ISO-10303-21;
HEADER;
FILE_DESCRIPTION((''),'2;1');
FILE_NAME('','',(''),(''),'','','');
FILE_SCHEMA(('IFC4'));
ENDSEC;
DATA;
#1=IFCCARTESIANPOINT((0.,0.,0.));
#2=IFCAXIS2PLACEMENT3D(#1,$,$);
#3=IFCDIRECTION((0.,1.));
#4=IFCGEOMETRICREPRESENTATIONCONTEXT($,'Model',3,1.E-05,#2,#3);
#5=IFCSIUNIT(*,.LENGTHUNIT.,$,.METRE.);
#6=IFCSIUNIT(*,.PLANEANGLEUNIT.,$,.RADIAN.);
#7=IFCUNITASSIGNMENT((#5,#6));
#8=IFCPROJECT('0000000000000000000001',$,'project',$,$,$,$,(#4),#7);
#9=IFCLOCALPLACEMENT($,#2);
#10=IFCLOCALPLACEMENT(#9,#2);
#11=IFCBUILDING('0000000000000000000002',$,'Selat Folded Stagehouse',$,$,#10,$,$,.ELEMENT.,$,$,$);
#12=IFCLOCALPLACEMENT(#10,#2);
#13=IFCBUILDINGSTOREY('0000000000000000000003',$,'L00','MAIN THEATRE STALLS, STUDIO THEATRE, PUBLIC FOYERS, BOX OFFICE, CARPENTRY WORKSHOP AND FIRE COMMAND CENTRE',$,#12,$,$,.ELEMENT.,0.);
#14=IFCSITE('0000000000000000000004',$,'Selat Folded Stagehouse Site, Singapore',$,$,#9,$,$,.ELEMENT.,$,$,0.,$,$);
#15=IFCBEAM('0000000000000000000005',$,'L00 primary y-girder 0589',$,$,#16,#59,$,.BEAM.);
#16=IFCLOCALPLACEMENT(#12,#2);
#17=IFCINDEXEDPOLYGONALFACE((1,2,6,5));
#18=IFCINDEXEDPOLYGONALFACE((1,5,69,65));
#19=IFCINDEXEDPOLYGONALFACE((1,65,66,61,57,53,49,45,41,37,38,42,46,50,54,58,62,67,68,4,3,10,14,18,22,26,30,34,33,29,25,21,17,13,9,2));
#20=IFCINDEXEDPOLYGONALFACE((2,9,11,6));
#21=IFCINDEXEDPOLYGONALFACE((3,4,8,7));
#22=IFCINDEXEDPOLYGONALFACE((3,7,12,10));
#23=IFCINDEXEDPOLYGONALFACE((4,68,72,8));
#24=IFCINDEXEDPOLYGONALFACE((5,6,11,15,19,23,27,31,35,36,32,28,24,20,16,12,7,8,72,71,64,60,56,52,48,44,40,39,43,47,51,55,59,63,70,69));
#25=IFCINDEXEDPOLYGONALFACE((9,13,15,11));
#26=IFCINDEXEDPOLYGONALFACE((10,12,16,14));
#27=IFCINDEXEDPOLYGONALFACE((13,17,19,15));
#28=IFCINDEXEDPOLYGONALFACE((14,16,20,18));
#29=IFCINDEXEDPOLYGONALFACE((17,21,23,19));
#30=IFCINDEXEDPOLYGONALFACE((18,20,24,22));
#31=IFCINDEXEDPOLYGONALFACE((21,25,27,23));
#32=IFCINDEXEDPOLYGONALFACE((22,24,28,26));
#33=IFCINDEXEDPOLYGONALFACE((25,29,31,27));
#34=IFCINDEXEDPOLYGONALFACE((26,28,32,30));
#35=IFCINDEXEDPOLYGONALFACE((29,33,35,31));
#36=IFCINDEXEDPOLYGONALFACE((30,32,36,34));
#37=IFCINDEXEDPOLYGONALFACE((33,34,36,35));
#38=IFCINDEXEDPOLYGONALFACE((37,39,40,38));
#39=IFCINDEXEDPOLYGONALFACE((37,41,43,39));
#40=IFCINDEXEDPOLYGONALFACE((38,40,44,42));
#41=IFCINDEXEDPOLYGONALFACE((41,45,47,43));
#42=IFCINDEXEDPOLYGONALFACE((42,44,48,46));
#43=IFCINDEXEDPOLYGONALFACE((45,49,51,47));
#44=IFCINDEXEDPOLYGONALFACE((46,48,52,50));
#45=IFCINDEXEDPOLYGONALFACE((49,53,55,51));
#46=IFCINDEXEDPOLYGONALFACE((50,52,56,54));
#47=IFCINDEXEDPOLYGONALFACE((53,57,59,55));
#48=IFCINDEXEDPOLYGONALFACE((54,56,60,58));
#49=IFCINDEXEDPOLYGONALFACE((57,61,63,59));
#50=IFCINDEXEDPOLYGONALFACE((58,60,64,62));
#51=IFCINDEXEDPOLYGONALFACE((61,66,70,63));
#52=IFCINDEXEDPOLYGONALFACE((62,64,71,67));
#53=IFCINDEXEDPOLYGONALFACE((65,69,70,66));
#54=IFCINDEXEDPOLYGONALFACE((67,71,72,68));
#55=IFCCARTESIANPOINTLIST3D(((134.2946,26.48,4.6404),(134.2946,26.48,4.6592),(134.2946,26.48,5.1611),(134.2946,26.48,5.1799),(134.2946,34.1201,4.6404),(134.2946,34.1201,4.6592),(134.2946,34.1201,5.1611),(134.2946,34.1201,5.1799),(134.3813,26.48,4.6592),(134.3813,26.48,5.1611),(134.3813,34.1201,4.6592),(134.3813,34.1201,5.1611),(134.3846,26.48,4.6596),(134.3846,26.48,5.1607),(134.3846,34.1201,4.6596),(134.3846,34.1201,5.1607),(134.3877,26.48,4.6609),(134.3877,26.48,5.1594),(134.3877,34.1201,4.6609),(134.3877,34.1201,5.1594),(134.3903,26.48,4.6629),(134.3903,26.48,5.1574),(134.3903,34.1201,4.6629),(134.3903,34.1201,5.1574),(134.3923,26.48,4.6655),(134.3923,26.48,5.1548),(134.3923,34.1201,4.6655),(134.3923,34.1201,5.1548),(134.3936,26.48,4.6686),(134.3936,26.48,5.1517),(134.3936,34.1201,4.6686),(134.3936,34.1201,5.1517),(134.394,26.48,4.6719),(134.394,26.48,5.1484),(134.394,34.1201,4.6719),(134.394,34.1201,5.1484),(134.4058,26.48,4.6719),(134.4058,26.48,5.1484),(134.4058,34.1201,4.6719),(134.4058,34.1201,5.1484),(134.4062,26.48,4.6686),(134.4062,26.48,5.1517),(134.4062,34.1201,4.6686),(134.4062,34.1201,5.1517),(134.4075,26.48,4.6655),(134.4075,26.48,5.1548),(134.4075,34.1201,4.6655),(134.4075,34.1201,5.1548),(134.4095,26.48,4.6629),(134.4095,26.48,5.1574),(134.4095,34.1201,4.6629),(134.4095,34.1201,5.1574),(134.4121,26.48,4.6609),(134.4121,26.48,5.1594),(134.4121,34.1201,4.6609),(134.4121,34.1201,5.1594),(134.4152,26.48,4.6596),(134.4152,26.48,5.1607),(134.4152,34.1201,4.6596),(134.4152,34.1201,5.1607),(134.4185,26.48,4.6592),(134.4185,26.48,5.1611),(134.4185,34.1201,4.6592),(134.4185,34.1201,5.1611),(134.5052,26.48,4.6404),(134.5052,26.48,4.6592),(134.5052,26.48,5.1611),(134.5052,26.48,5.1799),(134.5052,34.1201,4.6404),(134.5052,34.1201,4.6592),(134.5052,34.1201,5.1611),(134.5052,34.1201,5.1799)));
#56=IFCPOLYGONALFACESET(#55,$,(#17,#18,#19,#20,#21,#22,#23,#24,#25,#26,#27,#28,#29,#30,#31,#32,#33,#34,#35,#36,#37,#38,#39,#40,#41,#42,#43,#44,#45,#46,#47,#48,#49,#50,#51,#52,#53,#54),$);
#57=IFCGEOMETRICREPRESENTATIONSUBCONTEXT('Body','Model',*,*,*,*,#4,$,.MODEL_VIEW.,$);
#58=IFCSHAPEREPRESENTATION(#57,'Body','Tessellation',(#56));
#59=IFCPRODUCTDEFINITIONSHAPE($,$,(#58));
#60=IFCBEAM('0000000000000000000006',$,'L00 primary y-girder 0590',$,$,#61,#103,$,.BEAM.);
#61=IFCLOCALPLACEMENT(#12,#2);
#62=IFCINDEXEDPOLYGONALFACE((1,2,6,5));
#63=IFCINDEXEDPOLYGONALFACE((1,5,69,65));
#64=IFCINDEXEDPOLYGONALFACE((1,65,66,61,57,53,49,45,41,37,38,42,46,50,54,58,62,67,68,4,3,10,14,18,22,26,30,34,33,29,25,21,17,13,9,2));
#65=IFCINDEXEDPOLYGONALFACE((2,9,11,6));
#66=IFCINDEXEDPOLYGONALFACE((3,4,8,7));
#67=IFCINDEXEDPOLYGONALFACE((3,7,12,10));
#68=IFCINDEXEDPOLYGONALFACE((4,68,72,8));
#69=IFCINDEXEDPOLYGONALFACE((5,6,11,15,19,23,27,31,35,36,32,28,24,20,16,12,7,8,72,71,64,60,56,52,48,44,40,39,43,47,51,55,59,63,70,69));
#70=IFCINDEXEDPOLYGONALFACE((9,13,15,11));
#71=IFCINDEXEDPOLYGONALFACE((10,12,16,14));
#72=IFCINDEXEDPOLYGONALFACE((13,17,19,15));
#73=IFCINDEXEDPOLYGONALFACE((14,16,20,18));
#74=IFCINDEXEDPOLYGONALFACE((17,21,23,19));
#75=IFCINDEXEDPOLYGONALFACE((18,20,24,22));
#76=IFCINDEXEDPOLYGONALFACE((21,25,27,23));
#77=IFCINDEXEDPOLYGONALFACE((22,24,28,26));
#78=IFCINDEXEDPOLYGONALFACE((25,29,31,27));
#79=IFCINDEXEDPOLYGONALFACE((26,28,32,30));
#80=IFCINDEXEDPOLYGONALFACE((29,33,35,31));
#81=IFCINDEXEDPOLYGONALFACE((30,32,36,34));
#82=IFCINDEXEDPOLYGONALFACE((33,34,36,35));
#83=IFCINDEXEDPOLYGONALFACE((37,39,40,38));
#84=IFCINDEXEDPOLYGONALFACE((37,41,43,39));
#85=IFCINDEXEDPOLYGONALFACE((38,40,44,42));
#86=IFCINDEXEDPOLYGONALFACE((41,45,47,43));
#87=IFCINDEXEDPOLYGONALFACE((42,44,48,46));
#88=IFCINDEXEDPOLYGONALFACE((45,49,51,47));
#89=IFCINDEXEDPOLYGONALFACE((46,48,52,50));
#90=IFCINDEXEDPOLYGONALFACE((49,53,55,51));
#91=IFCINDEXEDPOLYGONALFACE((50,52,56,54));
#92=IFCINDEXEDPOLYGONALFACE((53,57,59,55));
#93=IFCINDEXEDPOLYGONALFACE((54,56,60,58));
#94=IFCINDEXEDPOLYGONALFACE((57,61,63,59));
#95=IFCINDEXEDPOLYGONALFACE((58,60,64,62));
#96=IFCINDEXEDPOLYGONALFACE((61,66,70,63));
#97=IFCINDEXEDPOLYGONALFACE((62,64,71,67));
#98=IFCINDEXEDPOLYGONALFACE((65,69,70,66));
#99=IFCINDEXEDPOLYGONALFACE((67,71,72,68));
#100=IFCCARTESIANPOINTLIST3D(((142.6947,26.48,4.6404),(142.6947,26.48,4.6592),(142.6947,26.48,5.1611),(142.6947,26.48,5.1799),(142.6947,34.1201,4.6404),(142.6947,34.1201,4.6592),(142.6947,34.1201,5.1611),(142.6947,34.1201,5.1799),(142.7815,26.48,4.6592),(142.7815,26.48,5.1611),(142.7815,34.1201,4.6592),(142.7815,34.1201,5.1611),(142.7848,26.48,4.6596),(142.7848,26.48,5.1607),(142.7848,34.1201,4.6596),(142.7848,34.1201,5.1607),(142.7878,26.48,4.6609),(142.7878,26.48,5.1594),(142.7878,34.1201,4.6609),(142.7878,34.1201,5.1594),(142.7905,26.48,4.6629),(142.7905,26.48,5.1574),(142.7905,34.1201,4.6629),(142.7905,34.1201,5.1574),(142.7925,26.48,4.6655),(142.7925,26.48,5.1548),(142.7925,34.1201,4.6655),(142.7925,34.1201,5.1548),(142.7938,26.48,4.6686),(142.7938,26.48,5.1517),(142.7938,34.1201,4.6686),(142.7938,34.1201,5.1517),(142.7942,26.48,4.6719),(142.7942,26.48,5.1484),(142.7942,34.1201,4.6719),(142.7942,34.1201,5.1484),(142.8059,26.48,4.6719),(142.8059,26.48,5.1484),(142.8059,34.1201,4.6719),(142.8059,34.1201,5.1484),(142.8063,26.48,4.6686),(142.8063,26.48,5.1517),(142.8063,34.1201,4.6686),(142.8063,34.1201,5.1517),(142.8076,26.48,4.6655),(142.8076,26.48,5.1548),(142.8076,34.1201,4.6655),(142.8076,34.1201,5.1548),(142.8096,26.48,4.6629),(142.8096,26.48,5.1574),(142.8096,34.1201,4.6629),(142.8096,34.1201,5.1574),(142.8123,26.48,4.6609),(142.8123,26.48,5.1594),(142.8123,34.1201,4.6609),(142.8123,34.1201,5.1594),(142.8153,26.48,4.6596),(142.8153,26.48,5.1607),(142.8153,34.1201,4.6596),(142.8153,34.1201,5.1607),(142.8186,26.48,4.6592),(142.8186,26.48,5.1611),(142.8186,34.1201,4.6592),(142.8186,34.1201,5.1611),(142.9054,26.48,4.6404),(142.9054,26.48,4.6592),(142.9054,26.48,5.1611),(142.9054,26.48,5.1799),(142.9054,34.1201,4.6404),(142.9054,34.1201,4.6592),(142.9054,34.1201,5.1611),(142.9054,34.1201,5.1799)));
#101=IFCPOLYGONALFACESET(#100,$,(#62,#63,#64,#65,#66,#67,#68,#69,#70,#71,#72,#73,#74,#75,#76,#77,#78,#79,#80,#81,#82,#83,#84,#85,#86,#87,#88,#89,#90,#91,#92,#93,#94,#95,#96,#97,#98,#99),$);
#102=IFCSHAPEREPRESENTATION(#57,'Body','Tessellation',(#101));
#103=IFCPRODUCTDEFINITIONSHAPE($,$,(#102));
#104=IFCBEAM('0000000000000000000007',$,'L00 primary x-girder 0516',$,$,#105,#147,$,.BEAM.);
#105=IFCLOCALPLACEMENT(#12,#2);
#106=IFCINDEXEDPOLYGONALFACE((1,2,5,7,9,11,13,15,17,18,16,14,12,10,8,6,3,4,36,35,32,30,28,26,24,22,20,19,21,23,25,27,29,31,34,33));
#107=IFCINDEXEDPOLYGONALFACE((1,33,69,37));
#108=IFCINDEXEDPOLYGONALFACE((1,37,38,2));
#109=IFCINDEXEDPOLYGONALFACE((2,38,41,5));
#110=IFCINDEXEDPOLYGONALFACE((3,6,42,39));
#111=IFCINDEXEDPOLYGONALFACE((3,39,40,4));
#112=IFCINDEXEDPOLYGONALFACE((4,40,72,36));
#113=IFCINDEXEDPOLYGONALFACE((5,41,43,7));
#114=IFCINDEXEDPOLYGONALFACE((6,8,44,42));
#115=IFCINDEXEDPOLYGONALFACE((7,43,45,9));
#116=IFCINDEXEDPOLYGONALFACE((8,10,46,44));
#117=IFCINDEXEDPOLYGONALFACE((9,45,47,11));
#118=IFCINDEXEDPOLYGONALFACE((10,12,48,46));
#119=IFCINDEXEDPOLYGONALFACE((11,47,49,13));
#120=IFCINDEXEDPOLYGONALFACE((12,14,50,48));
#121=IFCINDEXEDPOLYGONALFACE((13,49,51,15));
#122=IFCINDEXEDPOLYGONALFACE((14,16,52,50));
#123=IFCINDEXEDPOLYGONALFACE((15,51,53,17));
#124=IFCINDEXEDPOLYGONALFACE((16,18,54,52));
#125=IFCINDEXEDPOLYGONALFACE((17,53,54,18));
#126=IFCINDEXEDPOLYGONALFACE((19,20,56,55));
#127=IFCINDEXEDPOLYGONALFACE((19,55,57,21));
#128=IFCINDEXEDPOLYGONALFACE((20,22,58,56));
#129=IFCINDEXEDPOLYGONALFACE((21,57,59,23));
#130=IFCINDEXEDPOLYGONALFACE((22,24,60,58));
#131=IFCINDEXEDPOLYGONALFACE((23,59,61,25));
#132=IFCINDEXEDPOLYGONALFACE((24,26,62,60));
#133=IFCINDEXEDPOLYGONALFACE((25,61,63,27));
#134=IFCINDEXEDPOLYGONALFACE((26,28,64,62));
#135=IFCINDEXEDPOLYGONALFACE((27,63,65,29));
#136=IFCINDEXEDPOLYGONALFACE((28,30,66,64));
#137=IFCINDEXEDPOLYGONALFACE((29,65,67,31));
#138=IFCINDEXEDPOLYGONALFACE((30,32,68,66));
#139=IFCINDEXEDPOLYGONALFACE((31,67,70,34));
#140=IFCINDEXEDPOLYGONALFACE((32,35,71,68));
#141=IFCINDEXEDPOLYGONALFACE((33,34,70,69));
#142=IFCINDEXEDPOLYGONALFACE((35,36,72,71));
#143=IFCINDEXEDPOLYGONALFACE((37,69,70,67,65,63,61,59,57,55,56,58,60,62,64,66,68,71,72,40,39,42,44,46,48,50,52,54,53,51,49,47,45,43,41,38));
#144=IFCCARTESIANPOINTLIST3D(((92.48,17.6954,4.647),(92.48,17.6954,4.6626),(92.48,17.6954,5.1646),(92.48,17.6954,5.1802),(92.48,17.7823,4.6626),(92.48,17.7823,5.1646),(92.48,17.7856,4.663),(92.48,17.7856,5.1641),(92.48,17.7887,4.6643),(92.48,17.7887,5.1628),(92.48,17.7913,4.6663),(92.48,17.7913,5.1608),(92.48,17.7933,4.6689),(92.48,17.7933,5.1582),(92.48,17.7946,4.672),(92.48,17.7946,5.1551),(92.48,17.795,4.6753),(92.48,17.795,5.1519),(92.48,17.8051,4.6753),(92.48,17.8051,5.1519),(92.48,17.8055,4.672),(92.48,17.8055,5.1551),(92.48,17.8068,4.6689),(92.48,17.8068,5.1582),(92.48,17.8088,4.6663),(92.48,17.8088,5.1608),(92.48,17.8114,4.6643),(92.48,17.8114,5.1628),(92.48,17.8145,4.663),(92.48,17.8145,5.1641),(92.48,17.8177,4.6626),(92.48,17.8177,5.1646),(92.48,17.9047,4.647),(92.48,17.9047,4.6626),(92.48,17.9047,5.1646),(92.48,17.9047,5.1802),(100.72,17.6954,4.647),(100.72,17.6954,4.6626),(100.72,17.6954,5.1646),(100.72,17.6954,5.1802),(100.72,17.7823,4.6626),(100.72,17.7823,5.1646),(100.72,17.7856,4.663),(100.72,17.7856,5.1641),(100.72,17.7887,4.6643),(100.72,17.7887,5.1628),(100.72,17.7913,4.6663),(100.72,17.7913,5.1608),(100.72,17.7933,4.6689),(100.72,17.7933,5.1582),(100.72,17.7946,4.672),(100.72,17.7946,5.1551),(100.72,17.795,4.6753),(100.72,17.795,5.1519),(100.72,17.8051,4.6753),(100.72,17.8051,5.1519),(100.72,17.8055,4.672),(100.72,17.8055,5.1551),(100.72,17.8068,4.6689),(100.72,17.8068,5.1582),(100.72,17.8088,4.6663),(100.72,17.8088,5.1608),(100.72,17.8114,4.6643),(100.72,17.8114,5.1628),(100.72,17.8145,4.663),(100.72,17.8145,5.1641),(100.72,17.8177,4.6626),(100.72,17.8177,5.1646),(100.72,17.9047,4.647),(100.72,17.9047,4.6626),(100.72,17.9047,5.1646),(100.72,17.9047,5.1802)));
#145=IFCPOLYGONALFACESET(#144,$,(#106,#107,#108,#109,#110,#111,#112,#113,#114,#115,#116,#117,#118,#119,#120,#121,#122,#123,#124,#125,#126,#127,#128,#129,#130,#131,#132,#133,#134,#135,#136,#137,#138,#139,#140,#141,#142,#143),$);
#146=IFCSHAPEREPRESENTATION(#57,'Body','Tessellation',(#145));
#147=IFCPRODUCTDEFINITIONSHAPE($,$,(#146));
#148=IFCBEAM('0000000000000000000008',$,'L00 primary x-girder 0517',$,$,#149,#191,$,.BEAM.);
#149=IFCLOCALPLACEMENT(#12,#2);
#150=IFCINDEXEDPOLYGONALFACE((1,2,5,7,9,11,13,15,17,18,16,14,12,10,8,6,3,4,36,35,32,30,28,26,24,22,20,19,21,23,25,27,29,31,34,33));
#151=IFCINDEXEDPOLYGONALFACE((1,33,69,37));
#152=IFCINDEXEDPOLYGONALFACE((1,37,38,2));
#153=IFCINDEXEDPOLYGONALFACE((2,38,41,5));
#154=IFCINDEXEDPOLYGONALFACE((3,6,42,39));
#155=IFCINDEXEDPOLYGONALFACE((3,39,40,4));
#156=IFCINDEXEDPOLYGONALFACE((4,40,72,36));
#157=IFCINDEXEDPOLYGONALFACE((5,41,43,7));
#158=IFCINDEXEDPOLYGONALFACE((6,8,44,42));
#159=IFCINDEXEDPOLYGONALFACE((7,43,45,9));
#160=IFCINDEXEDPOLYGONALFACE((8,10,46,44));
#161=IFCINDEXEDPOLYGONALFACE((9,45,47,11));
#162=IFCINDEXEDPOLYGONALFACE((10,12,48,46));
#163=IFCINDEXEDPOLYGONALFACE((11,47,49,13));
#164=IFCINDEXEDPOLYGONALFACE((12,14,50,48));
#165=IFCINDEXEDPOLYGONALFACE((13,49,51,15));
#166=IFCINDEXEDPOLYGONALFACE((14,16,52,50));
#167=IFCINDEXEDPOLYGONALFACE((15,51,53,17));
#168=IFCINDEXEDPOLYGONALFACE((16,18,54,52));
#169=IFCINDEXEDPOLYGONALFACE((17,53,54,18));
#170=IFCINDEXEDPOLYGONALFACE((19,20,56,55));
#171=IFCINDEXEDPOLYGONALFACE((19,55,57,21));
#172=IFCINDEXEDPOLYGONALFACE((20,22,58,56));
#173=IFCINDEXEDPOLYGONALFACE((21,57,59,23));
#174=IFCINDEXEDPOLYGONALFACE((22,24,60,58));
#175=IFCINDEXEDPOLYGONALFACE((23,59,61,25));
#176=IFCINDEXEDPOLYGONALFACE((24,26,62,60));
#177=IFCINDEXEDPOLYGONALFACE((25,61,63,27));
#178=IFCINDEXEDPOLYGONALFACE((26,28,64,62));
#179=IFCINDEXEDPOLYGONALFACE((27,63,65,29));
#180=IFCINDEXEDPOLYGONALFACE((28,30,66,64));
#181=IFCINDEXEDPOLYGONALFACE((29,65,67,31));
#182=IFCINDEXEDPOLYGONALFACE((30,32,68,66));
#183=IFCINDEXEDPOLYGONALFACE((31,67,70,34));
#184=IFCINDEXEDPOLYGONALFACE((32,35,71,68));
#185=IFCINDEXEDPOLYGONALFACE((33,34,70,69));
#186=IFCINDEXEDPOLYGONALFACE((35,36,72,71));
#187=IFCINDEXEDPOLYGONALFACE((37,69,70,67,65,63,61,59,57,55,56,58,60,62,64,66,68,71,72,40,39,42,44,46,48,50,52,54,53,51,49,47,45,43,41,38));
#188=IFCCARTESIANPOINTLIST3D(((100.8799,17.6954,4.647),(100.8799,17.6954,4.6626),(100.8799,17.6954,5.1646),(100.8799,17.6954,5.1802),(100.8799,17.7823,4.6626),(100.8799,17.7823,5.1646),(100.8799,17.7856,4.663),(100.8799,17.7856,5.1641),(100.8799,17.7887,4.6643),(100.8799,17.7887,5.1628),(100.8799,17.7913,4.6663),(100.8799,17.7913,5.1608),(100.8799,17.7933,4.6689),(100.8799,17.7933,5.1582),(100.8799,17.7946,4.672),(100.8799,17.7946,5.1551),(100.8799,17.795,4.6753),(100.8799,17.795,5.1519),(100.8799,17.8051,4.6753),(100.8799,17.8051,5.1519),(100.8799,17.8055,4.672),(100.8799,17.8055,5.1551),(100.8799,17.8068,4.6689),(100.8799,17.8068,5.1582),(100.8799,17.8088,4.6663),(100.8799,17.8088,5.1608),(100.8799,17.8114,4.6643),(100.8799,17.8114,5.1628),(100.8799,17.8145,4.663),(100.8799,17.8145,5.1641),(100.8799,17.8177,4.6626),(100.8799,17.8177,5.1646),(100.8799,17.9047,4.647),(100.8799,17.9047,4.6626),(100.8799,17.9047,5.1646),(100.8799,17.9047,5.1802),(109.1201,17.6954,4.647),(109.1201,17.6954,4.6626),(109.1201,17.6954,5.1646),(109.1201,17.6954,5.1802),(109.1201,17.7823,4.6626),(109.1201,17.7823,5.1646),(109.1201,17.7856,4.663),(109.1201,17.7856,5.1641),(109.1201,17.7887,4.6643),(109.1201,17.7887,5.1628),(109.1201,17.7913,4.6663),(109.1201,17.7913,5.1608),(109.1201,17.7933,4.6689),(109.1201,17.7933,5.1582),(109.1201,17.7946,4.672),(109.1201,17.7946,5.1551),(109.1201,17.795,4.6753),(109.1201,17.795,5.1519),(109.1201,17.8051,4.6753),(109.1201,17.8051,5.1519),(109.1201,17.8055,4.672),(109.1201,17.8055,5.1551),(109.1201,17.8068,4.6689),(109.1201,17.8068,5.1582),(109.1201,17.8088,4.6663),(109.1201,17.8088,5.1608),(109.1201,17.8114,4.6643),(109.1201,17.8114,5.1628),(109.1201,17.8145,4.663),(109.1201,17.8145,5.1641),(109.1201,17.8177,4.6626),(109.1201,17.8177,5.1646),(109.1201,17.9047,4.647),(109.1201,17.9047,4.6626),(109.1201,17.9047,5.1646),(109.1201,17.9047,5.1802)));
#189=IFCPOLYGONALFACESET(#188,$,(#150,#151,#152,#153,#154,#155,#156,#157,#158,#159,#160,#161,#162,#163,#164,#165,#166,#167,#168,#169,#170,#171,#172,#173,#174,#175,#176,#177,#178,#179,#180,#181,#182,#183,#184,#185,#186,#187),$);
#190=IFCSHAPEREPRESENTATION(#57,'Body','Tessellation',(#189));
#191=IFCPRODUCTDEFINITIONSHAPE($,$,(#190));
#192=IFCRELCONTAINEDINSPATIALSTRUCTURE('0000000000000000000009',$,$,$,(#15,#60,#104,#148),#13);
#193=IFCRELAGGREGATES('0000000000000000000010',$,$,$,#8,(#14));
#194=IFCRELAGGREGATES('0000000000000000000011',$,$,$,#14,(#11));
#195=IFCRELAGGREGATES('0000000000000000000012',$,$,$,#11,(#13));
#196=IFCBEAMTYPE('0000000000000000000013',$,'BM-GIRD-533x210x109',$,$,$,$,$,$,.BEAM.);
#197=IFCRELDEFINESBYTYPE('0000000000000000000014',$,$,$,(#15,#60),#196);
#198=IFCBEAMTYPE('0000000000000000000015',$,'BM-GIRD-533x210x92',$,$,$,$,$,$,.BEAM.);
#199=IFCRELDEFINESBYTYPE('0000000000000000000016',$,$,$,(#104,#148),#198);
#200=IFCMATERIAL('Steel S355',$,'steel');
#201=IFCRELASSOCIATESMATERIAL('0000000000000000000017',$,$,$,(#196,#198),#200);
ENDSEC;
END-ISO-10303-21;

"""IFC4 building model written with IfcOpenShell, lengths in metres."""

from ifc_helpers import new_model, si_unit, direction, frame, origin, origin_2d, place, context, subcontext, project, spatial, i_section, extrude, material, material_profile, profile_set, type_object, element, save


model = new_model("IFC4")

# Units and contexts
model_context = context("Model", 3, precision=1e-05, world=origin(), true_north=direction((0.0, 1.0)))
body_context = subcontext(model_context, "Body", "Model", "MODEL_VIEW")
ifc_project = project(units=[si_unit("LENGTHUNIT", "METRE"), si_unit("PLANEANGLEUNIT", "RADIAN")], contexts=[model_context])

# Site, building, storey
site_placement = place(None, origin())
site = spatial("IfcSite", under=ifc_project, at=site_placement, Name="Selat Folded Stagehouse Site, Singapore", CompositionType="ELEMENT", RefElevation=0.0)
building_placement = place(site_placement, origin())
building = spatial("IfcBuilding", under=site, at=building_placement, Name="Selat Folded Stagehouse", CompositionType="ELEMENT")
storey_placement = place(building_placement, origin())
storey = spatial("IfcBuildingStorey", under=building, at=storey_placement, Name="L00", Description="MAIN THEATRE STALLS, STUDIO THEATRE, PUBLIC FOYERS, BOX OFFICE, CARPENTRY WORKSHOP AND FIRE COMMAND CENTRE", CompositionType="ELEMENT", Elevation=0.0)

# Shared definitions
ifc_material_1 = material(Name="Steel S355", Category="steel")

# Beams
ifc_material_profile_1 = material_profile(ifc_material_1, i_section(OverallWidth=0.2107, OverallDepth=0.5396, WebThickness=0.0117, FlangeThickness=0.0188, FilletRadius=0.0127, at=origin_2d()), Name="UKB 533x210x109")
ifc_profile_set_1 = profile_set([ifc_material_profile_1], Name="Steel S355")
beam_type_1 = type_object("IfcBeamType", Name="BM-GIRD-533x210x109", PredefinedType="BEAM", material=ifc_profile_set_1)
for number, where, z_axis, x_axis, name in (
    (1, (134.3999, 26.48, 4.9102), (0.0, 1.0, 0.0), (-1.0, 0.0, 0.0), "L00 primary y-girder 0589"),
    (2, (142.8, 26.48, 4.9102), (0.0, 1.0, 0.0), (-1.0, 0.0, 0.0), "L00 primary y-girder 0590"),
):
    element("IfcBeam", number, at=place(storey_placement, frame(where, z_axis=z_axis, x_axis=x_axis)), inside=storey, type_object=beam_type_1, Name=name, PredefinedType="BEAM", context=body_context, shape_type="SweptSolid", body=[
        extrude(i_section(OverallWidth=0.2107, OverallDepth=0.5396, WebThickness=0.0117, FlangeThickness=0.0188, FilletRadius=0.0127, at=origin_2d()), origin(), (0.0, 0.0, 1.0), 7.6401),
    ])
ifc_material_profile_2 = material_profile(ifc_material_1, i_section(OverallWidth=0.2092, OverallDepth=0.5332, WebThickness=0.01, FlangeThickness=0.0156, FilletRadius=0.0127, at=origin_2d()), Name="UKB 533x210x92")
ifc_profile_set_2 = profile_set([ifc_material_profile_2], Name="Steel S355")
beam_type_2 = type_object("IfcBeamType", Name="BM-GIRD-533x210x92", PredefinedType="BEAM", material=ifc_profile_set_2)
beam_1_placement = place(storey_placement, frame((92.48, 17.8, 4.9136), z_axis=(1.0, 0.0, 0.0), x_axis=(0.0, 1.0, 0.0)))
element("IfcBeam", 3, at=beam_1_placement, inside=storey, type_object=beam_type_2, Name="L00 primary x-girder 0516", PredefinedType="BEAM", context=body_context, shape_type="SweptSolid", body=[
    extrude(i_section(OverallWidth=0.2092, OverallDepth=0.5332, WebThickness=0.01, FlangeThickness=0.0156, FilletRadius=0.0127, at=origin_2d()), origin(), (0.0, 0.0, 1.0), 8.24),
])
beam_2_placement = place(storey_placement, frame((100.8799, 17.8, 4.9136), z_axis=(1.0, 0.0, 0.0), x_axis=(0.0, 1.0, 0.0)))
element("IfcBeam", 4, at=beam_2_placement, inside=storey, type_object=beam_type_2, Name="L00 primary x-girder 0517", PredefinedType="BEAM", context=body_context, shape_type="SweptSolid", body=[
    extrude(i_section(OverallWidth=0.2092, OverallDepth=0.5332, WebThickness=0.01, FlangeThickness=0.0156, FilletRadius=0.0127, at=origin_2d()), origin(), (0.0, 0.0, 1.0), 8.2402),
])

save(model, "model.ifc")
